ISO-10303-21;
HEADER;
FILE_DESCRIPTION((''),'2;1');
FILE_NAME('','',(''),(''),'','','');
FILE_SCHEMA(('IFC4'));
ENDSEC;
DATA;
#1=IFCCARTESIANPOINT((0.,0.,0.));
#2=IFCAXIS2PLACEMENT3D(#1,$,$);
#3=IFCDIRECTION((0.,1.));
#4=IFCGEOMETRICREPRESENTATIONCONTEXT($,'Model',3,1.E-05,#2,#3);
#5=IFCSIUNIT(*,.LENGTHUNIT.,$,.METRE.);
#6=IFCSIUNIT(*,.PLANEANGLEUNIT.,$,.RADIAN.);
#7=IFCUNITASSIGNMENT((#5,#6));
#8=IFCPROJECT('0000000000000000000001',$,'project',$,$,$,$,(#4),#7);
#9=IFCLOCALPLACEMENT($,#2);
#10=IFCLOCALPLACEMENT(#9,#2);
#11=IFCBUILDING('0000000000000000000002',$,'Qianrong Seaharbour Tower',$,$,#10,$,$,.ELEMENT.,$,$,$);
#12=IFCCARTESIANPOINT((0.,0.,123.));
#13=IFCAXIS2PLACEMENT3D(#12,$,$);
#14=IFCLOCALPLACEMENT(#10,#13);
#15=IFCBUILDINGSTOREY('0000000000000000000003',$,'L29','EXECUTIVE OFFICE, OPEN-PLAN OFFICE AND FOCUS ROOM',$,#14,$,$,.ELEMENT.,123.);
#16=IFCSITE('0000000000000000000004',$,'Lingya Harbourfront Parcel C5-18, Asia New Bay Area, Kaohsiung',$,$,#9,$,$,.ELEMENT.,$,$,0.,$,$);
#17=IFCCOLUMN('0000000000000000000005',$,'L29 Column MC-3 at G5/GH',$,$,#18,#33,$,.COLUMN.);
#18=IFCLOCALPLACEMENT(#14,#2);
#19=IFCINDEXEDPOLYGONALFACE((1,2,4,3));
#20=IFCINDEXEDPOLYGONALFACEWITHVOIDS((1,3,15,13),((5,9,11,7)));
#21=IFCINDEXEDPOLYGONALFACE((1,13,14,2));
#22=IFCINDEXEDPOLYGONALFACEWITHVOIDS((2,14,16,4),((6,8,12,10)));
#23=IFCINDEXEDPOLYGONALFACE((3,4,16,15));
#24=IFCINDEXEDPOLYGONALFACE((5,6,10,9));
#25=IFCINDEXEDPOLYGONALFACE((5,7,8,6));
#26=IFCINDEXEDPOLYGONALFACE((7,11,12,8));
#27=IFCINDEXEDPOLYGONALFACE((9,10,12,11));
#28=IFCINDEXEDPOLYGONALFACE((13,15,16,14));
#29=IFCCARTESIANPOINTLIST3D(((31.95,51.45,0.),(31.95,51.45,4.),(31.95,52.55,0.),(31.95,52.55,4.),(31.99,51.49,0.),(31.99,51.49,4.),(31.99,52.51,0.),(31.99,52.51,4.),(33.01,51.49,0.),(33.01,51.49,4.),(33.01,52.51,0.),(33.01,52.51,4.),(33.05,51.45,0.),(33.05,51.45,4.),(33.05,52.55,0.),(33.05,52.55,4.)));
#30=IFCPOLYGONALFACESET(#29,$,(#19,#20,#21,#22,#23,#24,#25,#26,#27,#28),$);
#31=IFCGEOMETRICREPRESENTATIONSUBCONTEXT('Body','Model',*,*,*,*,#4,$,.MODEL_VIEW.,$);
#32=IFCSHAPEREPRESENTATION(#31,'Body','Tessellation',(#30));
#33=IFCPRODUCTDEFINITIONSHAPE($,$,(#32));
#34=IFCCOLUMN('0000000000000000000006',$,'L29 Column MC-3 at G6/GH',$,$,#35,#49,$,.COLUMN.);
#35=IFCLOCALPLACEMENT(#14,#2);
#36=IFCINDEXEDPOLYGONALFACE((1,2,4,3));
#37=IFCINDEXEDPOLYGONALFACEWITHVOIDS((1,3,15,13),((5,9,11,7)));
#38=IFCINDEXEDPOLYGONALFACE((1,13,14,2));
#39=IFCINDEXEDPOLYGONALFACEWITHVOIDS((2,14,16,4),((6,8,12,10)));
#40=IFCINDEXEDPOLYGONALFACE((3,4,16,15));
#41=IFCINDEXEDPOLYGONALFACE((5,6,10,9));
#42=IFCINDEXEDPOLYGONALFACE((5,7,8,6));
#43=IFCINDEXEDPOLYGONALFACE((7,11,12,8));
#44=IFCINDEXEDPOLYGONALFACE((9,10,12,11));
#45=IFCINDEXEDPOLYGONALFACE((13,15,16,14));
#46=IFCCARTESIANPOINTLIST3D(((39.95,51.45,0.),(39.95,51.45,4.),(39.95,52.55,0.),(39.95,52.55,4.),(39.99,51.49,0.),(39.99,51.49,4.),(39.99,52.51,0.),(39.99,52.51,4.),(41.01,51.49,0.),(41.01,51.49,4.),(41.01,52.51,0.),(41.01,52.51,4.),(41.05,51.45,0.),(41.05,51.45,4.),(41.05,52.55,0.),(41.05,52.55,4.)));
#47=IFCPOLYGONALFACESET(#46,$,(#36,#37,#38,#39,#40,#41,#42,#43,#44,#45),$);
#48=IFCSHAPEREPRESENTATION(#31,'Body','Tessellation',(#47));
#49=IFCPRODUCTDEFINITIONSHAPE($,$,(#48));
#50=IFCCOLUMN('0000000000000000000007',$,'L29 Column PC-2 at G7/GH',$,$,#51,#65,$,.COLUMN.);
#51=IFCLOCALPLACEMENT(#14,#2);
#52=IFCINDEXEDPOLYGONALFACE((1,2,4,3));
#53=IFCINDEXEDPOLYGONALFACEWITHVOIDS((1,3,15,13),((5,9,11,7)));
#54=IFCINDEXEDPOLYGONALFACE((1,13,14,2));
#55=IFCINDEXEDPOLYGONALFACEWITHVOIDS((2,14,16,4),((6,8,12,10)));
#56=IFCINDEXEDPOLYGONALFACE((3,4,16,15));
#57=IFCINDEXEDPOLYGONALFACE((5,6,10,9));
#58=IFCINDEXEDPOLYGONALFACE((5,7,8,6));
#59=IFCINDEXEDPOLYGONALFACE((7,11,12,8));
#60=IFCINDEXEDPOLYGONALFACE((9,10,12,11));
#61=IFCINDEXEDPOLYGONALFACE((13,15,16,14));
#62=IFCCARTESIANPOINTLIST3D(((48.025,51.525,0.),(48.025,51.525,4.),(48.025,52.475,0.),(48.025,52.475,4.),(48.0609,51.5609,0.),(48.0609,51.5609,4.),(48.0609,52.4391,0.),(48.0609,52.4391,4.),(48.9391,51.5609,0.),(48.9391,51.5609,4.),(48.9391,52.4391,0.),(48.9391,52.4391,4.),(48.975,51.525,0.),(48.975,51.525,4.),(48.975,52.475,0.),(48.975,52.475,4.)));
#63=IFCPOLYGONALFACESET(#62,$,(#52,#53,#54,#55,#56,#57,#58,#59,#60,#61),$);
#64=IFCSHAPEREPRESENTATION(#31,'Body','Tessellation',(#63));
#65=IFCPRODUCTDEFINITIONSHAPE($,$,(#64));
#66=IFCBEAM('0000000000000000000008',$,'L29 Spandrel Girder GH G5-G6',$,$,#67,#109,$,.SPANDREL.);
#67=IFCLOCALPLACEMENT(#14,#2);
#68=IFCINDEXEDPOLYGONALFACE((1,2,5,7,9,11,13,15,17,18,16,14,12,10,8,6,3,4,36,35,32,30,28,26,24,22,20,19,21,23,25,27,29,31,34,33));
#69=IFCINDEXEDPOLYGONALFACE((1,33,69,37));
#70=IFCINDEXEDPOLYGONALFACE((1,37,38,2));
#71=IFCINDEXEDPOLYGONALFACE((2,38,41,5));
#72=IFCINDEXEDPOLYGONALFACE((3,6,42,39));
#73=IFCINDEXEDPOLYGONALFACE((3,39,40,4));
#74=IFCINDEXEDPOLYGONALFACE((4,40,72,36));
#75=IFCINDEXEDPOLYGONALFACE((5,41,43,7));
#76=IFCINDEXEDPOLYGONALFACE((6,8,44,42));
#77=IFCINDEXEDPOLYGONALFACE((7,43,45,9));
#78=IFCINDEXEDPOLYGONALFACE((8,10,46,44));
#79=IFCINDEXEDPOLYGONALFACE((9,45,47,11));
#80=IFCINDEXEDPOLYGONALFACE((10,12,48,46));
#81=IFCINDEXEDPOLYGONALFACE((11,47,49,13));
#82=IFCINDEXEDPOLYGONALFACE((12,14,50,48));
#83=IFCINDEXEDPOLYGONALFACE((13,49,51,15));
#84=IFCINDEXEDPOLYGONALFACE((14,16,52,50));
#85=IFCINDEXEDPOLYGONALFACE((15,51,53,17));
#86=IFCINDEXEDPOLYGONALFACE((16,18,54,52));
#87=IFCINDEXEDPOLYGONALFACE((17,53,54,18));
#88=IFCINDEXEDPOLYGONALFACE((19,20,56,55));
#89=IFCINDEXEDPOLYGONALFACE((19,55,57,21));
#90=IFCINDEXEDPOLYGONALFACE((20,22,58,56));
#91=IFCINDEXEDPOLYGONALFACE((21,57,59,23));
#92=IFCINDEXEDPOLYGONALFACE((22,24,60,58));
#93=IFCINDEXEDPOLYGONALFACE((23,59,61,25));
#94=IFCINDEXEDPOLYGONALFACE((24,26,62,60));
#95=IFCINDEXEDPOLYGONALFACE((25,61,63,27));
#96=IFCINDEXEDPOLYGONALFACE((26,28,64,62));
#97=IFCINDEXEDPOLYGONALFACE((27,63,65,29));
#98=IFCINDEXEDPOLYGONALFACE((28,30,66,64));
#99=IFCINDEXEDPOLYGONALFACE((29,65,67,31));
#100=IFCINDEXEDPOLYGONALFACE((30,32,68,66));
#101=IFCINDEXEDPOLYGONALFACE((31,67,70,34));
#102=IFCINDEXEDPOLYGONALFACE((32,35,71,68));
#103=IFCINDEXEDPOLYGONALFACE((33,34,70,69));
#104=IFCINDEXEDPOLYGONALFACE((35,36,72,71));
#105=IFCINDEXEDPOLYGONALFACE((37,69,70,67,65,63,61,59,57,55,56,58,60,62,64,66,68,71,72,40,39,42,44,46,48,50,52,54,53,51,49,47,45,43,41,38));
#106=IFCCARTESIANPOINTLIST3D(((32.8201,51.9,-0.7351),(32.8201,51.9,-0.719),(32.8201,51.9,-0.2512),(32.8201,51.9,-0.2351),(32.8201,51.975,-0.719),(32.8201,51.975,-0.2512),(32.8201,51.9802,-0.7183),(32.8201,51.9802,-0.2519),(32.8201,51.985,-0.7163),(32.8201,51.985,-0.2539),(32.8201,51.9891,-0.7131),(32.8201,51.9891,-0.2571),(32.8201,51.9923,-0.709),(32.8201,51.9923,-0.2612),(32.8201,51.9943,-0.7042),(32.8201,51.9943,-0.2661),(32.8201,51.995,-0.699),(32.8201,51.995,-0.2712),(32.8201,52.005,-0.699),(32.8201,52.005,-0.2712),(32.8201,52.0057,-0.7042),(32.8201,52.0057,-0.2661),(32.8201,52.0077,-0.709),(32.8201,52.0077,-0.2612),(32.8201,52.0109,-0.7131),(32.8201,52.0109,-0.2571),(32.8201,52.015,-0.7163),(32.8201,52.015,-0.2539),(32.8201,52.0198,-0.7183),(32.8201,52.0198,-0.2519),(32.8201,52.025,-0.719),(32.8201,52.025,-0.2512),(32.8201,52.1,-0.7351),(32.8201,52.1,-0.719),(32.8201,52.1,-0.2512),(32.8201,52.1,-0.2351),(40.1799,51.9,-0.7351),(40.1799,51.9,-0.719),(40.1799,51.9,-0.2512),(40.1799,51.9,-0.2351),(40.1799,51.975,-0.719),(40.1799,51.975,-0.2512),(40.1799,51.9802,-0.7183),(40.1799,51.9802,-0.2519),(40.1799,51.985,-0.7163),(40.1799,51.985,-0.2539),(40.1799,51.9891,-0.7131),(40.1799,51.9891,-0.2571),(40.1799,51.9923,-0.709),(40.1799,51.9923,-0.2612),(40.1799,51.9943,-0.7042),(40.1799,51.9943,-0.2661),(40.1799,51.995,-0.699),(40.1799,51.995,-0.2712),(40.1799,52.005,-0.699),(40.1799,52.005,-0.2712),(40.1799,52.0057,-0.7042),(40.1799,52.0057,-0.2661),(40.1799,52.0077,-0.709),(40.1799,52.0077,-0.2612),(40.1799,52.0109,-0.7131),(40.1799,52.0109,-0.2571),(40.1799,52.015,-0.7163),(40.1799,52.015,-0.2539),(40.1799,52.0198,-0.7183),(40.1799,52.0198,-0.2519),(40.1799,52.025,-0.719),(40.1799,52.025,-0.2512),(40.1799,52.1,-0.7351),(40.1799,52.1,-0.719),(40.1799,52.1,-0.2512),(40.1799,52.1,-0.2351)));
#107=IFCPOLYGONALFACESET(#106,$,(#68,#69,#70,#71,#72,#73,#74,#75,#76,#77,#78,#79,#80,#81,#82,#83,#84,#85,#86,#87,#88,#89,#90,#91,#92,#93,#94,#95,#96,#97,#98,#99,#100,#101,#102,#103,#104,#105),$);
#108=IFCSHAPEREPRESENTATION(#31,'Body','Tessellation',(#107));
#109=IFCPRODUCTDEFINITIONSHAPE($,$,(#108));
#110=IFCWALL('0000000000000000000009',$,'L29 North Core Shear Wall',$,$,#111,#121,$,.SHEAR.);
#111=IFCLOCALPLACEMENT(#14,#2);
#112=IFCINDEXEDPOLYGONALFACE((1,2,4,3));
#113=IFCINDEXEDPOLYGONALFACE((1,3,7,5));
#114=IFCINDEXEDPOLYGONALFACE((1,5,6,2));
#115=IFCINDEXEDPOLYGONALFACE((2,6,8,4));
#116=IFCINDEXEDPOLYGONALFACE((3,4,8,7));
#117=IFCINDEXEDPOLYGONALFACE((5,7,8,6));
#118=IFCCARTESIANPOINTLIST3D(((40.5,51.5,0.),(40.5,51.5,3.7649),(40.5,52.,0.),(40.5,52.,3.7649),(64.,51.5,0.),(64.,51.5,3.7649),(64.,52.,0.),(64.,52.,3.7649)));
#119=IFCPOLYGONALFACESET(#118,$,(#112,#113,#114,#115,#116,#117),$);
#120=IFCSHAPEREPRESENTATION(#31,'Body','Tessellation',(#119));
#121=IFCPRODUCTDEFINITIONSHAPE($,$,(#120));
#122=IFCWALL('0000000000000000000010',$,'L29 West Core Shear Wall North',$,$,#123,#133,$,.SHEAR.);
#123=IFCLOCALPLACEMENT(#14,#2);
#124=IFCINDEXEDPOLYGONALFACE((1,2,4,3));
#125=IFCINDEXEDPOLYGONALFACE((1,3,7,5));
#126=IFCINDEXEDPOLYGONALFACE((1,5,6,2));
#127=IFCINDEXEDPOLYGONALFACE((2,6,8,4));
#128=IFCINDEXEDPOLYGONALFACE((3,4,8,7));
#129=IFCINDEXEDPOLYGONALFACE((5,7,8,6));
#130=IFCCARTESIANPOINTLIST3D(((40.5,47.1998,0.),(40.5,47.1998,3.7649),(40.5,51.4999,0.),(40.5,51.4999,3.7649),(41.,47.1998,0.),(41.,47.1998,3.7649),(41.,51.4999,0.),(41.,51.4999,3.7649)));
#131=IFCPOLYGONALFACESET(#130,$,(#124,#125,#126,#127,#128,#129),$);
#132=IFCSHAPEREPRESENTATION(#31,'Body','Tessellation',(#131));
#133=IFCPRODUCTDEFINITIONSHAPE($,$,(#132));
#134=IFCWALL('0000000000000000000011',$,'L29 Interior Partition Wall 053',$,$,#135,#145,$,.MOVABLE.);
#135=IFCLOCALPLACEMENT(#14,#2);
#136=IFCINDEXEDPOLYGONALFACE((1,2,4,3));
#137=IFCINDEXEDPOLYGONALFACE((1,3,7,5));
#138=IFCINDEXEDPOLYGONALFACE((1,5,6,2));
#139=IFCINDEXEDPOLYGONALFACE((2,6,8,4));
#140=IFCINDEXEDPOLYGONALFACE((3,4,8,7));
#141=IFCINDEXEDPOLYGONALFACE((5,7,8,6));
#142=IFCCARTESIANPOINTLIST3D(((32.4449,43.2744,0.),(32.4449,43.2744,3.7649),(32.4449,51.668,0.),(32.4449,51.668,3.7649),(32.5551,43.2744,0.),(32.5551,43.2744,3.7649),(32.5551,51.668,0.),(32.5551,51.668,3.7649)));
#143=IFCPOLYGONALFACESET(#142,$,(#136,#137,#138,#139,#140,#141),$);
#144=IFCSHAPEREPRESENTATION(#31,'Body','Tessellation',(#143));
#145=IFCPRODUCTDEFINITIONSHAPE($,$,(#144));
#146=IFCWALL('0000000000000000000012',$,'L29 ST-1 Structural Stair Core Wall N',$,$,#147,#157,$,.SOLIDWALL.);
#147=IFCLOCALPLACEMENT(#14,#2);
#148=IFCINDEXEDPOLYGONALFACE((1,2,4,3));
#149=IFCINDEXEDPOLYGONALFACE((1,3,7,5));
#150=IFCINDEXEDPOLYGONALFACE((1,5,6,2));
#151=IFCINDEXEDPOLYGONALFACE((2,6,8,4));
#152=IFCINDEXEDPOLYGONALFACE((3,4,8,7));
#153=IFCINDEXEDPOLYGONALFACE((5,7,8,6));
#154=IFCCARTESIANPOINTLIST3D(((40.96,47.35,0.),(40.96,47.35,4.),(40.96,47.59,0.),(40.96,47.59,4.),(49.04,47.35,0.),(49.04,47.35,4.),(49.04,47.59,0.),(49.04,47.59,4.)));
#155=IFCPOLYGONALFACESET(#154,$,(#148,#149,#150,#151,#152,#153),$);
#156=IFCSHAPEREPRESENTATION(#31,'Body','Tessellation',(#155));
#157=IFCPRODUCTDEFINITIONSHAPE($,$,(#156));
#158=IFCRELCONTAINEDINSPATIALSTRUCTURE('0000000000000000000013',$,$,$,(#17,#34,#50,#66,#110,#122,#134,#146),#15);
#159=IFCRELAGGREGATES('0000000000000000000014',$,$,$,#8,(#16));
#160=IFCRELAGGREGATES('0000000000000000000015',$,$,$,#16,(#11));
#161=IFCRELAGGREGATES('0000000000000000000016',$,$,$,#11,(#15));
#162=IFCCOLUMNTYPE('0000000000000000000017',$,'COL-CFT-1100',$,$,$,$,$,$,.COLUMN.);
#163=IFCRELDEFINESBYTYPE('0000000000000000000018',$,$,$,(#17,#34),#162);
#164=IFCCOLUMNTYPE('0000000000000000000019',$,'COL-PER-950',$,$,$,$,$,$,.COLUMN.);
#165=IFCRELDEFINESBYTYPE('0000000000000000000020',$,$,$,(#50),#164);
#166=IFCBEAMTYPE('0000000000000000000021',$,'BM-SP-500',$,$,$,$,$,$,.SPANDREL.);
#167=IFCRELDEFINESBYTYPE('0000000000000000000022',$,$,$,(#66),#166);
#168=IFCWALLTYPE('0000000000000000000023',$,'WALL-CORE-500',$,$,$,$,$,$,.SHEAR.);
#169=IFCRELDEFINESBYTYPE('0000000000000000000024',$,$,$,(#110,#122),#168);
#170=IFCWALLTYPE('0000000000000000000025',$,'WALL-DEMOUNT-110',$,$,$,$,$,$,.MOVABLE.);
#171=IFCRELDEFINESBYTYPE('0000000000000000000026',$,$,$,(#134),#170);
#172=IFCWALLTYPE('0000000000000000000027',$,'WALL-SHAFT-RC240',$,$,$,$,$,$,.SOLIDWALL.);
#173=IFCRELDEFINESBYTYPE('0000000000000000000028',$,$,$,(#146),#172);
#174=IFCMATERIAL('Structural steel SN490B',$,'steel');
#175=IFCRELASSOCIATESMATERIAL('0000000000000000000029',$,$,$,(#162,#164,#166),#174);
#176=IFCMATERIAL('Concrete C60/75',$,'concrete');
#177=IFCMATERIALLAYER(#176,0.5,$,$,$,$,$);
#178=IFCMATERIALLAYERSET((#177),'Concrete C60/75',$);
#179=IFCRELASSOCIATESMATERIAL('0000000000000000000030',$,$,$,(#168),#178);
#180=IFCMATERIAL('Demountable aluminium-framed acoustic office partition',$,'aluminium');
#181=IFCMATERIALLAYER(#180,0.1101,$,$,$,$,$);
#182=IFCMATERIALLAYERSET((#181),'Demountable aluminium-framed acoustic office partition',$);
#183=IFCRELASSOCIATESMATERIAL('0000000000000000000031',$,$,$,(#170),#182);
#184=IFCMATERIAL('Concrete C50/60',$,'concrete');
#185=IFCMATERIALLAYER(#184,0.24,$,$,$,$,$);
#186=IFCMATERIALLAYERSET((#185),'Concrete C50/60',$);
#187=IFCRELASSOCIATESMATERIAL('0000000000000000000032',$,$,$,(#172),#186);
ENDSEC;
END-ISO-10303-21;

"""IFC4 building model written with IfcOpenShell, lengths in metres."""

from ifc_helpers import new_model, si_unit, direction, frame, frame_2d, origin, origin_2d, place, context, subcontext, project, spatial, rectangle, hollow_rectangle, i_section, extrude, material, layer, layer_set, material_profile, profile_set, type_object, element, save


model = new_model("IFC4")

# Units and contexts
model_context = context("Model", 3, precision=1e-05, world=origin(), true_north=direction((0.0, 1.0)))
body_context = subcontext(model_context, "Body", "Model", "MODEL_VIEW")
ifc_project = project(units=[si_unit("LENGTHUNIT", "METRE"), si_unit("PLANEANGLEUNIT", "RADIAN")], contexts=[model_context])

# Site, building, storey
site_placement = place(None, origin())
site = spatial("IfcSite", under=ifc_project, at=site_placement, Name="Lingya Harbourfront Parcel C5-18, Asia New Bay Area, Kaohsiung", CompositionType="ELEMENT", RefElevation=0.0)
building_placement = place(site_placement, origin())
building = spatial("IfcBuilding", under=site, at=building_placement, Name="Qianrong Seaharbour Tower", CompositionType="ELEMENT")
storey_placement = place(building_placement, frame((0.0, 0.0, 123.0)))
storey = spatial("IfcBuildingStorey", under=building, at=storey_placement, Name="L29", Description="EXECUTIVE OFFICE, OPEN-PLAN OFFICE AND FOCUS ROOM", CompositionType="ELEMENT", Elevation=123.0)

# Columns
ifc_material_1 = material(Name="Structural steel SN490B", Category="steel")
ifc_material_profile_1 = material_profile(ifc_material_1, hollow_rectangle(XDim=1.1001, YDim=1.1001, WallThickness=0.04, at=origin_2d()), Name="BOX1100x1100x40")
ifc_profile_set_1 = profile_set([ifc_material_profile_1], Name="Structural steel SN490B")
column_type_1 = type_object("IfcColumnType", Name="COL-CFT-1100", PredefinedType="COLUMN", material=ifc_profile_set_1)
for number, where, z_axis, x_axis, name in (
    (1, (32.5, 52.0, 0.0), (0.0, 0.0, 1.0), (1.0, 0.0, 0.0), "L29 Column MC-3 at G5/GH"),
    (2, (40.5, 52.0, 0.0), (0.0, 0.0, 1.0), (1.0, 0.0, 0.0), "L29 Column MC-3 at G6/GH"),
):
    element("IfcColumn", number, at=place(storey_placement, frame(where, z_axis=z_axis, x_axis=x_axis)), inside=storey, type_object=column_type_1, Name=name, PredefinedType="COLUMN", context=body_context, shape_type="SweptSolid", body=[
        extrude(hollow_rectangle(XDim=1.1001, YDim=1.1001, WallThickness=0.04, at=origin_2d()), origin(), (0.0, 0.0, 1.0), 4.0),
    ])
ifc_material_profile_2 = material_profile(ifc_material_1, hollow_rectangle(XDim=0.95, YDim=0.95, WallThickness=0.0359, at=origin_2d()), Name="BOX950x950x36")
ifc_profile_set_2 = profile_set([ifc_material_profile_2], Name="Structural steel SN490B")
column_type_2 = type_object("IfcColumnType", Name="COL-PER-950", PredefinedType="COLUMN", material=ifc_profile_set_2)
column_placement = place(storey_placement, frame((48.5, 52.0, 0.0), z_axis=(0.0, 0.0, 1.0), x_axis=(1.0, 0.0, 0.0)))
element("IfcColumn", 3, at=column_placement, inside=storey, type_object=column_type_2, Name="L29 Column PC-2 at G7/GH", PredefinedType="COLUMN", context=body_context, shape_type="SweptSolid", body=[
    extrude(hollow_rectangle(XDim=0.95, YDim=0.95, WallThickness=0.0359, at=origin_2d()), origin(), (0.0, 0.0, 1.0), 4.0),
])

# Beam
ifc_material_profile_3 = material_profile(ifc_material_1, i_section(OverallWidth=0.2, OverallDepth=0.5, WebThickness=0.01, FlangeThickness=0.0161, FilletRadius=0.02, at=origin_2d()), Name="H500x200x10x16")
ifc_profile_set_3 = profile_set([ifc_material_profile_3], Name="Structural steel SN490B")
beam_type = type_object("IfcBeamType", Name="BM-SP-500", PredefinedType="SPANDREL", material=ifc_profile_set_3)
beam_placement = place(storey_placement, frame((32.8201, 52.0, -0.4851), z_axis=(1.0, 0.0, 0.0), x_axis=(0.0, 1.0, 0.0)))
element("IfcBeam", 4, at=beam_placement, inside=storey, type_object=beam_type, Name="L29 Spandrel Girder GH G5-G6", PredefinedType="SPANDREL", context=body_context, shape_type="SweptSolid", body=[
    extrude(i_section(OverallWidth=0.2, OverallDepth=0.5, WebThickness=0.01, FlangeThickness=0.0161, FilletRadius=0.02, at=origin_2d()), origin(), (0.0, 0.0, 1.0), 7.3599),
])

# Walls
ifc_material_2 = material(Name="Concrete C60/75", Category="concrete")
ifc_layer_1 = layer(ifc_material_2, 0.5)
ifc_layer_set_1 = layer_set([ifc_layer_1], Name="Concrete C60/75")
wall_type_1 = type_object("IfcWallType", Name="WALL-CORE-500", PredefinedType="SHEAR", material=ifc_layer_set_1)
wall_1_placement = place(storey_placement, frame((40.5, 51.75, 0.0), z_axis=(0.0, 0.0, 1.0), x_axis=(1.0, 0.0, 0.0)))
element("IfcWall", 5, at=wall_1_placement, inside=storey, type_object=wall_type_1, Name="L29 North Core Shear Wall", PredefinedType="SHEAR", context=body_context, shape_type="SweptSolid", body=[
    extrude(rectangle(XDim=23.5, YDim=0.5, at=frame_2d((11.75, 0.0))), origin(), (0.0, 0.0, 1.0), 3.7649),
])
wall_2_placement = place(storey_placement, frame((40.75, 47.2, 0.0), z_axis=(0.0, 0.0, 1.0), x_axis=(0.0, 1.0, 0.0)))
element("IfcWall", 6, at=wall_2_placement, inside=storey, type_object=wall_type_1, Name="L29 West Core Shear Wall North", PredefinedType="SHEAR", context=body_context, shape_type="SweptSolid", body=[
    extrude(rectangle(XDim=4.3, YDim=0.5, at=frame_2d((2.1499, 0.0))), origin(), (0.0, 0.0, 1.0), 3.7649),
])

# Walls
ifc_material_3 = material(Name="Demountable aluminium-framed acoustic office partition", Category="aluminium")
ifc_layer_2 = layer(ifc_material_3, 0.1101)
ifc_layer_set_2 = layer_set([ifc_layer_2], Name="Demountable aluminium-framed acoustic office partition")
wall_type_2 = type_object("IfcWallType", Name="WALL-DEMOUNT-110", PredefinedType="MOVABLE", material=ifc_layer_set_2)
wall_3_placement = place(storey_placement, frame((32.5, 51.668, 0.0), z_axis=(0.0, 0.0, 1.0), x_axis=(0.0, -1.0, 0.0)))
element("IfcWall", 7, at=wall_3_placement, inside=storey, type_object=wall_type_2, Name="L29 Interior Partition Wall 053", PredefinedType="MOVABLE", context=body_context, shape_type="SweptSolid", body=[
    extrude(rectangle(XDim=8.3936, YDim=0.1101, at=frame_2d((4.1968, 0.0))), origin(), (0.0, 0.0, 1.0), 3.7649),
])
ifc_material_4 = material(Name="Concrete C50/60", Category="concrete")
ifc_layer_3 = layer(ifc_material_4, 0.24)
ifc_layer_set_3 = layer_set([ifc_layer_3], Name="Concrete C50/60")
wall_type_3 = type_object("IfcWallType", Name="WALL-SHAFT-RC240", PredefinedType="SOLIDWALL", material=ifc_layer_set_3)
wall_4_placement = place(storey_placement, frame((40.96, 47.47, 0.0), z_axis=(0.0, 0.0, 1.0), x_axis=(1.0, 0.0, 0.0)))
element("IfcWall", 8, at=wall_4_placement, inside=storey, type_object=wall_type_3, Name="L29 ST-1 Structural Stair Core Wall N", PredefinedType="SOLIDWALL", context=body_context, shape_type="SweptSolid", body=[
    extrude(rectangle(XDim=8.0801, YDim=0.24, at=frame_2d((4.04, 0.0))), origin(), (0.0, 0.0, 1.0), 4.0),
])

save(model, "model.ifc")
